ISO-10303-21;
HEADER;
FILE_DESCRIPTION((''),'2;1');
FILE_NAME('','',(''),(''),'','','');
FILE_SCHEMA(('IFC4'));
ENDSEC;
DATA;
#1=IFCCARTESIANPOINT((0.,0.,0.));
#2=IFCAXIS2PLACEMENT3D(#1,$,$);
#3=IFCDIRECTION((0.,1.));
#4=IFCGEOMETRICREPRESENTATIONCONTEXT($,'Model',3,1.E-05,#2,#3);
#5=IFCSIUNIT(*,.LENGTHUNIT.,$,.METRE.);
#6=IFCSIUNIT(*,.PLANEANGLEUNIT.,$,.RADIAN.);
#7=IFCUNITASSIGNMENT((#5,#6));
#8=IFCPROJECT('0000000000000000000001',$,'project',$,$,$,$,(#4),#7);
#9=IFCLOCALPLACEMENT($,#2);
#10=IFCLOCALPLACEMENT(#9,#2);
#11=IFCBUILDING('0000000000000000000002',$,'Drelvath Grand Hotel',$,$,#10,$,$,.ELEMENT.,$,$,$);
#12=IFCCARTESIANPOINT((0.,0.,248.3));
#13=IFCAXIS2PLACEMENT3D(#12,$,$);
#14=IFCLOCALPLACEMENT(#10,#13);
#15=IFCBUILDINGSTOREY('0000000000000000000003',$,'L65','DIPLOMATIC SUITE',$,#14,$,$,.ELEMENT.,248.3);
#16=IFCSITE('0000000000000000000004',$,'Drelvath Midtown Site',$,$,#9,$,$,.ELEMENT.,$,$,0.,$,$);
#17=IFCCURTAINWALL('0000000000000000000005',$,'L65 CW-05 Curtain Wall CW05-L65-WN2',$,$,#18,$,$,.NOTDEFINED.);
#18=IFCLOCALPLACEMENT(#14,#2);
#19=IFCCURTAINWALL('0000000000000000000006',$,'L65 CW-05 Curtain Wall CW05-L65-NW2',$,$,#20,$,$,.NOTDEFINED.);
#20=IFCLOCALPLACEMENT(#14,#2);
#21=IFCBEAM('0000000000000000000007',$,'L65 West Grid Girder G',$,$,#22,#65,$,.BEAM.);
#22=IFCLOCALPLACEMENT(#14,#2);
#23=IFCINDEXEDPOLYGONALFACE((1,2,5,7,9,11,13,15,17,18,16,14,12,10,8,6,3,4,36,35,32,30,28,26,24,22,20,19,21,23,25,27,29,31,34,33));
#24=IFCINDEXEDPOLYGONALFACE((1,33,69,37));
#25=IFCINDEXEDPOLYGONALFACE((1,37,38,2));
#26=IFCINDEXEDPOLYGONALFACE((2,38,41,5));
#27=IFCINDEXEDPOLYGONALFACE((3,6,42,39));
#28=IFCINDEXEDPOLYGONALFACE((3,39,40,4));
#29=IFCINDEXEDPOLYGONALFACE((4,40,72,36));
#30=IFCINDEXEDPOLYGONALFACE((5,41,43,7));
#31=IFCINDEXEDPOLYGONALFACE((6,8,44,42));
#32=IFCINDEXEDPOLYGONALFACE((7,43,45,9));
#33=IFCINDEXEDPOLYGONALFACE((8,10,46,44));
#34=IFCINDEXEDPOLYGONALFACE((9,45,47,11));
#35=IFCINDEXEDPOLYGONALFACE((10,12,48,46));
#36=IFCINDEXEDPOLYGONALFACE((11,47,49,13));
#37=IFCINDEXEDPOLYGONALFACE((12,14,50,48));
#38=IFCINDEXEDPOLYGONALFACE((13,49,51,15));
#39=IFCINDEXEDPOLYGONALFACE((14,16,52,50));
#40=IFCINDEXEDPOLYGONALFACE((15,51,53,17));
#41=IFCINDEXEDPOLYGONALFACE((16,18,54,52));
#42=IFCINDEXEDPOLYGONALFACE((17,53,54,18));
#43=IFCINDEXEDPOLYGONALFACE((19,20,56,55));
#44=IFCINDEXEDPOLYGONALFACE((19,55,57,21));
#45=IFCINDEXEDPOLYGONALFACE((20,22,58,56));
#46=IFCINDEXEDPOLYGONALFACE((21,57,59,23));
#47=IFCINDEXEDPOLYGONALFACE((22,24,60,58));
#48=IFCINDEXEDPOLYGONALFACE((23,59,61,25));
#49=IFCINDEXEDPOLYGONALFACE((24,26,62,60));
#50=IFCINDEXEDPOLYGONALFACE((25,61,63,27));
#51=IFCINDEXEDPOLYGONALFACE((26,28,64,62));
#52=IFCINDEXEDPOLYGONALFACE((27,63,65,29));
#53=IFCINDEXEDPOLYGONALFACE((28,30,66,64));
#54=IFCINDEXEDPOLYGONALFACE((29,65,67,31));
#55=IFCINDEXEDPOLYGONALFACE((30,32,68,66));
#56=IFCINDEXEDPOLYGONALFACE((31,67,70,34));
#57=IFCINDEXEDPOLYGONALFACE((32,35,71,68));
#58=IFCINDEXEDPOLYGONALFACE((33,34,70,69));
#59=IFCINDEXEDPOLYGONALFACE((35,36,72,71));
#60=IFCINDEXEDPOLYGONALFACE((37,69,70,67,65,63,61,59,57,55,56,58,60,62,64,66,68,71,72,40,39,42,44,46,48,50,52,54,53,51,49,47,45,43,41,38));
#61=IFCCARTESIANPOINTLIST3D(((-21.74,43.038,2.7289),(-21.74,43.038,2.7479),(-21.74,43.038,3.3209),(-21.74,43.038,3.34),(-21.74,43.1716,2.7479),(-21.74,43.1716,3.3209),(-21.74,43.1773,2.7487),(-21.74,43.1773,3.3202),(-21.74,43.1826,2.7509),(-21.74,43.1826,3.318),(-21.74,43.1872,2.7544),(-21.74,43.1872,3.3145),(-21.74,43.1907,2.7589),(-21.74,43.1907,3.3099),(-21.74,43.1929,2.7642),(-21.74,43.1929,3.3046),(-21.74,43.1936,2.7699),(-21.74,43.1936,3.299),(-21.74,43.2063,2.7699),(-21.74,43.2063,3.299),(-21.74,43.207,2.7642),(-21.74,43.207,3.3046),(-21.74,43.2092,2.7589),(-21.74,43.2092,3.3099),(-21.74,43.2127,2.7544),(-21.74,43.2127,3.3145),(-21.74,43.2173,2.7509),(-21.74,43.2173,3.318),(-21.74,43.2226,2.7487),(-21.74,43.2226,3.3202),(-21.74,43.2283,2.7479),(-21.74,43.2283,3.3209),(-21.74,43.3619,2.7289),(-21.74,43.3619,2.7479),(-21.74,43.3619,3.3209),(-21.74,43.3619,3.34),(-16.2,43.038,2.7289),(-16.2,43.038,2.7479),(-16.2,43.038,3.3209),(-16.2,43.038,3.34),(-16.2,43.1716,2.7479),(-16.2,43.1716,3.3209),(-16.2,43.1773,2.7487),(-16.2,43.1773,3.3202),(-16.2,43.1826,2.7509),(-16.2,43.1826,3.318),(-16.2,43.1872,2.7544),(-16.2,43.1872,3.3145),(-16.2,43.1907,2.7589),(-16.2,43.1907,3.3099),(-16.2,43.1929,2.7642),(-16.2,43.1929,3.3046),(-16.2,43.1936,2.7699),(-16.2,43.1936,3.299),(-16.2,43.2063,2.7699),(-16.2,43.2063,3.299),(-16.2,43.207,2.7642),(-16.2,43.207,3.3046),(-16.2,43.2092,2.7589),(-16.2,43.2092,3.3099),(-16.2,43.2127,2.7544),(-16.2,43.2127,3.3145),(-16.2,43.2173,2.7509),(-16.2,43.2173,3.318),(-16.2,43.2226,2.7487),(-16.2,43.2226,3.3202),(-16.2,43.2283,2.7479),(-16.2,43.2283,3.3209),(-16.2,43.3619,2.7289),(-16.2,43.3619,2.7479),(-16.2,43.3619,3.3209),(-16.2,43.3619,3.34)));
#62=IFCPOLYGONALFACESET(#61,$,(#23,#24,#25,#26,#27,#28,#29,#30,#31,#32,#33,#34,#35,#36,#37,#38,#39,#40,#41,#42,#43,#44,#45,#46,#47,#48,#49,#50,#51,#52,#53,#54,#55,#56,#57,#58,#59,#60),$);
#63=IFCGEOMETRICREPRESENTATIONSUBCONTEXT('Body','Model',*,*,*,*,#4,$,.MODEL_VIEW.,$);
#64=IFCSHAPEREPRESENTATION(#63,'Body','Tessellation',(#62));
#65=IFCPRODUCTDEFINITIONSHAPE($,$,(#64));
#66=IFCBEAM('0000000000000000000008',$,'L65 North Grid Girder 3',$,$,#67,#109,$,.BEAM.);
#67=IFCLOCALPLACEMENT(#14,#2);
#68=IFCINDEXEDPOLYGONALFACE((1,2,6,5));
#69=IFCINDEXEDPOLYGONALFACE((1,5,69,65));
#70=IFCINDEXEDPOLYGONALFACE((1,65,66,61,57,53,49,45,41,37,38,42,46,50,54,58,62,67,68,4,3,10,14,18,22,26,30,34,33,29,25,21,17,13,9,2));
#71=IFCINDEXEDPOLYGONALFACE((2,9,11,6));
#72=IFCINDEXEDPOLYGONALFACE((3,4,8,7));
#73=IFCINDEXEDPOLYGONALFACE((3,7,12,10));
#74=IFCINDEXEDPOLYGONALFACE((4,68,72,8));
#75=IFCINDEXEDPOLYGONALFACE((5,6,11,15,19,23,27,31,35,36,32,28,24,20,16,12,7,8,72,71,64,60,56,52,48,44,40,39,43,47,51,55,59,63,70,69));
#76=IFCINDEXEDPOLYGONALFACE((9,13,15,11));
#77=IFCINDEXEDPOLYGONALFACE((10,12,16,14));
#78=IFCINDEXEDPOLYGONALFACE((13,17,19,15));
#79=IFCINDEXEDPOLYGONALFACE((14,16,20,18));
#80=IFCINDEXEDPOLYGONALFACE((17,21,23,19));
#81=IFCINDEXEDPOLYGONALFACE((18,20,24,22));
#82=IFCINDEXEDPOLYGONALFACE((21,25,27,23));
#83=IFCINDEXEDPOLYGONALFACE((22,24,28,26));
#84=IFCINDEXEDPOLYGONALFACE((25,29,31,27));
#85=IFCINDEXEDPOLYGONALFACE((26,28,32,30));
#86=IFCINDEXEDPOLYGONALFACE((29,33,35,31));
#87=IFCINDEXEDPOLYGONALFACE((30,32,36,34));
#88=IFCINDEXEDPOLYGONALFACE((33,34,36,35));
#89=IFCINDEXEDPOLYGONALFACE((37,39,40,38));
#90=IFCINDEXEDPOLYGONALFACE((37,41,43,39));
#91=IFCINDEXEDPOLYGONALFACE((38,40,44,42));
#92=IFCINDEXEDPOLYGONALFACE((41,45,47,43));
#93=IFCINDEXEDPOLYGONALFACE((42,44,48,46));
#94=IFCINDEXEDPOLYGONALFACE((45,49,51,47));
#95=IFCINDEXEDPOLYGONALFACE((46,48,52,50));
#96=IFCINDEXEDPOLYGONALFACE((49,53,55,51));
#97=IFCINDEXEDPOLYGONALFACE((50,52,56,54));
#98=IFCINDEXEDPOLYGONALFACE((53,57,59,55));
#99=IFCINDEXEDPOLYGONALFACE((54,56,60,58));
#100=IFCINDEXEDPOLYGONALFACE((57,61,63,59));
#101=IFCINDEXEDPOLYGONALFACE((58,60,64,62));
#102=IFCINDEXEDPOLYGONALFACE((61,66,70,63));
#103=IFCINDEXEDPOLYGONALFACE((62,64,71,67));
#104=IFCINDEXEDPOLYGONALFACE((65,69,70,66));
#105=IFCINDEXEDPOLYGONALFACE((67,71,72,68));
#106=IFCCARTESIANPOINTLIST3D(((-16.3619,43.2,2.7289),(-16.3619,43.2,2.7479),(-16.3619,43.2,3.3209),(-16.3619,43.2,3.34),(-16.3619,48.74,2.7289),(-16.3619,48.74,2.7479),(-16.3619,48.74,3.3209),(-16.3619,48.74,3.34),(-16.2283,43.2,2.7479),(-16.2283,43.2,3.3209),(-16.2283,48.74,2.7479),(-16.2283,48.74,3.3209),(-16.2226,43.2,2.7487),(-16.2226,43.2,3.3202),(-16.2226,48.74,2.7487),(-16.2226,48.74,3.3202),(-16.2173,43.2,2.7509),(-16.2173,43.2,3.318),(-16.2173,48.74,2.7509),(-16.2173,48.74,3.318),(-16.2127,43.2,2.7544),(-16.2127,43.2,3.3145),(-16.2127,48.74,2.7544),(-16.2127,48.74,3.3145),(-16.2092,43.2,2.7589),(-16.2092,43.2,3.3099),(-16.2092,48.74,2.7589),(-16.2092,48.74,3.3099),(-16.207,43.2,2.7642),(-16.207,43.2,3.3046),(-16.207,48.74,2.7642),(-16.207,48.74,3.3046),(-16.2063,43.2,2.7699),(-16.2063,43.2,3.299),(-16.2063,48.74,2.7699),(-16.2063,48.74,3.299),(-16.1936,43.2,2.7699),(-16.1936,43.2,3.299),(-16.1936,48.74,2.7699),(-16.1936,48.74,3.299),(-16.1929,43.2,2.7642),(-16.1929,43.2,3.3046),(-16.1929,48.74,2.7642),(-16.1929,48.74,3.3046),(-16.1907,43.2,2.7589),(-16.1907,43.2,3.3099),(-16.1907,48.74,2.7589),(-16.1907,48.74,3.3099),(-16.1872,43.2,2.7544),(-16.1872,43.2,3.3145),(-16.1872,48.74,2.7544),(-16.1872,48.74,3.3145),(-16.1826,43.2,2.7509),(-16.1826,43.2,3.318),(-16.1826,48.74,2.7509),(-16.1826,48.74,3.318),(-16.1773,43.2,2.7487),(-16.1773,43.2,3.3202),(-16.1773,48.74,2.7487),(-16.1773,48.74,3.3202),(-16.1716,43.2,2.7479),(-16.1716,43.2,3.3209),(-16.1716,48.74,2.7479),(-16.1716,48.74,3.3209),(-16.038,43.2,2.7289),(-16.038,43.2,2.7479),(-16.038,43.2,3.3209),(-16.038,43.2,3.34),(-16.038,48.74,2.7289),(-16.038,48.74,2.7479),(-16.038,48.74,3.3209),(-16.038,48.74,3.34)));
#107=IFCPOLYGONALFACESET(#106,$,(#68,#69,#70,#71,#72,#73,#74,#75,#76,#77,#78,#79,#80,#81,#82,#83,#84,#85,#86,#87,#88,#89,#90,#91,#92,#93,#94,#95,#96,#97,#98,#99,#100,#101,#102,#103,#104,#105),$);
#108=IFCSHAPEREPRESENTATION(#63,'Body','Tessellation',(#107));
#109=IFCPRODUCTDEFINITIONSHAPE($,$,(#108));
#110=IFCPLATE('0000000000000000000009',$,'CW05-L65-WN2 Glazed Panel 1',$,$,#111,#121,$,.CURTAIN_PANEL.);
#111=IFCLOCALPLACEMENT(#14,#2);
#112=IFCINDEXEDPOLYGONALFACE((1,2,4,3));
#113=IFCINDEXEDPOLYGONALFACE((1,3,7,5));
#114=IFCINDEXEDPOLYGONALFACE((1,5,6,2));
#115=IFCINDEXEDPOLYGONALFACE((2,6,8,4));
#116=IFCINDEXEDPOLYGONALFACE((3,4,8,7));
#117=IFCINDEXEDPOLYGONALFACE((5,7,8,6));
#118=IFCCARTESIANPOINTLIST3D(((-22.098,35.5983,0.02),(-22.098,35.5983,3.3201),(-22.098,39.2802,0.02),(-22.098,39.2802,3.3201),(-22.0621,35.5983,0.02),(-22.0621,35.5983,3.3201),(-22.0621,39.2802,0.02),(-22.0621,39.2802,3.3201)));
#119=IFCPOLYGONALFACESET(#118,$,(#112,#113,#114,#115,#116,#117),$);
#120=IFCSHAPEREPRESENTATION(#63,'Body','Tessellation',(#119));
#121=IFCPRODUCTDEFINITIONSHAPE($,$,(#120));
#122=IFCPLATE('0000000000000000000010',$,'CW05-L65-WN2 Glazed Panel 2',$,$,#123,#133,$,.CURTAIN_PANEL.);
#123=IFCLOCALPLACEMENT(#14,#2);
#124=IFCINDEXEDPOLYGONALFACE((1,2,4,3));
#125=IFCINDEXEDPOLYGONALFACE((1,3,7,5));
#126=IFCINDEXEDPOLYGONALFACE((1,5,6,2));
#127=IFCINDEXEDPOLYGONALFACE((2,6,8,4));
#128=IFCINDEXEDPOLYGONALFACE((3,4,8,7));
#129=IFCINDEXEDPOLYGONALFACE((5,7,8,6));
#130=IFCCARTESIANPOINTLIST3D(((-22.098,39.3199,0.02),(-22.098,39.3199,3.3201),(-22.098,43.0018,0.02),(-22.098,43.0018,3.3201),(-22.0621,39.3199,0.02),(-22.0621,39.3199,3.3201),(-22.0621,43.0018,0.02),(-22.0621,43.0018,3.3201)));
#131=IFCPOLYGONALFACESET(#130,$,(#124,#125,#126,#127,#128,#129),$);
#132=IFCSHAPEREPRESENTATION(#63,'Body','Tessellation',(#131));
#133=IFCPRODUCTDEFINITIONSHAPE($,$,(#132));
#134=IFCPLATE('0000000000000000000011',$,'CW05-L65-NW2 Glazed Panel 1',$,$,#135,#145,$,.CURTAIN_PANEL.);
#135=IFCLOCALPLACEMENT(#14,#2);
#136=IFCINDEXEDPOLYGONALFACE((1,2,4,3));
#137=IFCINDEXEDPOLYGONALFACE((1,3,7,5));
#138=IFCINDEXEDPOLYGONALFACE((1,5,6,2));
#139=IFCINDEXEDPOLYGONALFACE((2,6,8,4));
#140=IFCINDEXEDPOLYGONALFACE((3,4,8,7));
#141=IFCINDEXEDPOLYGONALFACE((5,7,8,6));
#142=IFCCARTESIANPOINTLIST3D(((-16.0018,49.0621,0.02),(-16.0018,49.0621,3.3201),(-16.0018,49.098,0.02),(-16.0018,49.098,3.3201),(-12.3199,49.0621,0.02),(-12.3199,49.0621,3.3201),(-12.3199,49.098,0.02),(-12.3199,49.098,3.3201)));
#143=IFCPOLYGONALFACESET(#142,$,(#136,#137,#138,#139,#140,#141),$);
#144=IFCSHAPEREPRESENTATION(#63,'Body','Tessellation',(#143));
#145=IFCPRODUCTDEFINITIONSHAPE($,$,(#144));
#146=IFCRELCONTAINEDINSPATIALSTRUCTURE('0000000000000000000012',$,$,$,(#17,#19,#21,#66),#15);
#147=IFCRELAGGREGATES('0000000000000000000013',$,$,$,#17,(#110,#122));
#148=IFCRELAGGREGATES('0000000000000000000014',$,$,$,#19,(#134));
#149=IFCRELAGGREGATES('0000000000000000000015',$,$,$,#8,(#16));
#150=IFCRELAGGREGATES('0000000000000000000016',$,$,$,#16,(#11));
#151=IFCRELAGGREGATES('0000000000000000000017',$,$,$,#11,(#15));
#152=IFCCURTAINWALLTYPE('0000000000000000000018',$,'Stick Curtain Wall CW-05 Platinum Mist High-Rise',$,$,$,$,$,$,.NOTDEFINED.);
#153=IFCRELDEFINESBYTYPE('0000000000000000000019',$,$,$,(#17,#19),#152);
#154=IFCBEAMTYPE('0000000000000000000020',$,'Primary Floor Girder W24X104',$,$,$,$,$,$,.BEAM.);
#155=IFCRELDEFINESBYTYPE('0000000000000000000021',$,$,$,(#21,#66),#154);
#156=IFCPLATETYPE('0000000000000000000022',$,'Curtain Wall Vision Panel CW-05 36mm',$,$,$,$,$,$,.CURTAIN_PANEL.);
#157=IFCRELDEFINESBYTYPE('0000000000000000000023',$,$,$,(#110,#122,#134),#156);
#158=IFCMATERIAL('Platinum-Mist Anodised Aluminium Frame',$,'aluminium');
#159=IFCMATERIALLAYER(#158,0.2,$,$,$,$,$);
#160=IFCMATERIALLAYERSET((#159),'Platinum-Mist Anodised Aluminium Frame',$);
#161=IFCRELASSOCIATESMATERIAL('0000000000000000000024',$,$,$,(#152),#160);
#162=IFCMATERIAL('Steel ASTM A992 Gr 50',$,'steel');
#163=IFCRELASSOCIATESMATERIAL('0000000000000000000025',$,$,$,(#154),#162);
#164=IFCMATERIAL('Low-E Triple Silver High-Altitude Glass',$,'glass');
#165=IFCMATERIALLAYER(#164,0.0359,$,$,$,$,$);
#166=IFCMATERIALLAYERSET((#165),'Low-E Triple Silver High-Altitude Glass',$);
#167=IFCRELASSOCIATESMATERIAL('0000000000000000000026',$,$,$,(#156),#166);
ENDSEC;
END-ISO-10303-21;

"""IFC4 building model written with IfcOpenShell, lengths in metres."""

from ifc_helpers import new_model, si_unit, direction, frame, origin, origin_2d, place, context, subcontext, project, spatial, rectangle, i_section, extrude, material, layer, layer_set, material_profile, profile_set, type_object, element, aggregate, save


model = new_model("IFC4")

# Units and contexts
model_context = context("Model", 3, precision=1e-05, world=origin(), true_north=direction((0.0, 1.0)))
body_context = subcontext(model_context, "Body", "Model", "MODEL_VIEW")
ifc_project = project(units=[si_unit("LENGTHUNIT", "METRE"), si_unit("PLANEANGLEUNIT", "RADIAN")], contexts=[model_context])

# Site, building, storey
site_placement = place(None, origin())
site = spatial("IfcSite", under=ifc_project, at=site_placement, Name="Drelvath Midtown Site", CompositionType="ELEMENT", RefElevation=0.0)
building_placement = place(site_placement, origin())
building = spatial("IfcBuilding", under=site, at=building_placement, Name="Drelvath Grand Hotel", CompositionType="ELEMENT")
storey_placement = place(building_placement, frame((0.0, 0.0, 248.3)))
storey = spatial("IfcBuildingStorey", under=building, at=storey_placement, Name="L65", Description="DIPLOMATIC SUITE", CompositionType="ELEMENT", Elevation=248.3)

# Shared definitions
ifc_material_1 = material(Name="Steel ASTM A992 Gr 50", Category="steel")

# Curtain walls
ifc_material_2 = material(Name="Platinum-Mist Anodised Aluminium Frame", Category="aluminium")
ifc_layer_1 = layer(ifc_material_2, 0.2)
ifc_layer_set_1 = layer_set([ifc_layer_1], Name="Platinum-Mist Anodised Aluminium Frame")
curtain_wall_type = type_object("IfcCurtainWallType", Name="Stick Curtain Wall CW-05 Platinum Mist High-Rise", PredefinedType="NOTDEFINED", material=ifc_layer_set_1)
curtain_wall_1_placement = place(storey_placement, origin())
curtain_wall_1 = element("IfcCurtainWall", 1, at=curtain_wall_1_placement, inside=storey, type_object=curtain_wall_type, Name="L65 CW-05 Curtain Wall CW05-L65-WN2", PredefinedType="NOTDEFINED")
curtain_wall_2_placement = place(storey_placement, origin())
curtain_wall_2 = element("IfcCurtainWall", 2, at=curtain_wall_2_placement, inside=storey, type_object=curtain_wall_type, Name="L65 CW-05 Curtain Wall CW05-L65-NW2", PredefinedType="NOTDEFINED")

# Beams
ifc_material_profile_1 = material_profile(ifc_material_1, i_section(OverallWidth=0.324, OverallDepth=0.6111, WebThickness=0.0127, FlangeThickness=0.019, FilletRadius=0.022, at=origin_2d()), Name="W24X104")
ifc_profile_set_1 = profile_set([ifc_material_profile_1], Name="Steel ASTM A992 Gr 50")
beam_type_1 = type_object("IfcBeamType", Name="Primary Floor Girder W24X104", PredefinedType="BEAM", material=ifc_profile_set_1)
for number, where, z_axis, x_axis, name in (
    (3, (-21.74, 43.2, 3.0344), (1.0, 0.0, 0.0), (0.0, 1.0, 0.0), "L65 West Grid Girder G"),
    (4, (-16.2, 43.2, 3.0344), (0.0, 1.0, 0.0), (-1.0, 0.0, 0.0), "L65 North Grid Girder 3"),
):
    element("IfcBeam", number, at=place(storey_placement, frame(where, z_axis=z_axis, x_axis=x_axis)), inside=storey, type_object=beam_type_1, Name=name, PredefinedType="BEAM", context=body_context, shape_type="SweptSolid", body=[
        extrude(i_section(OverallWidth=0.324, OverallDepth=0.6111, WebThickness=0.0127, FlangeThickness=0.019, FilletRadius=0.022, at=origin_2d()), origin(), (0.0, 0.0, 1.0), 5.54),
    ])

# Plates
ifc_material_3 = material(Name="Low-E Triple Silver High-Altitude Glass", Category="glass")
ifc_layer_2 = layer(ifc_material_3, 0.0359)
ifc_layer_set_2 = layer_set([ifc_layer_2], Name="Low-E Triple Silver High-Altitude Glass")
plate_type = type_object("IfcPlateType", Name="Curtain Wall Vision Panel CW-05 36mm", PredefinedType="CURTAIN_PANEL", material=ifc_layer_set_2)
plate_1_placement = place(storey_placement, frame((-22.0801, 37.4392, 0.02), z_axis=(0.0, 0.0, 1.0), x_axis=(0.0, 1.0, 0.0)))
plate_1 = element("IfcPlate", 5, at=plate_1_placement, type_object=plate_type, Name="CW05-L65-WN2 Glazed Panel 1", PredefinedType="CURTAIN_PANEL", context=body_context, shape_type="SweptSolid", body=[
    extrude(rectangle(XDim=3.6819, YDim=0.0359, at=origin_2d()), origin(), (0.0, 0.0, 1.0), 3.3),
])
plate_2_placement = place(storey_placement, frame((-22.0801, 41.1609, 0.02), z_axis=(0.0, 0.0, 1.0), x_axis=(0.0, 1.0, 0.0)))
plate_2 = element("IfcPlate", 6, at=plate_2_placement, type_object=plate_type, Name="CW05-L65-WN2 Glazed Panel 2", PredefinedType="CURTAIN_PANEL", context=body_context, shape_type="SweptSolid", body=[
    extrude(rectangle(XDim=3.6819, YDim=0.0359, at=origin_2d()), origin(), (0.0, 0.0, 1.0), 3.3),
])
aggregate(curtain_wall_1, [plate_1, plate_2])
plate_3_placement = place(storey_placement, frame((-14.1609, 49.0801, 0.02), z_axis=(0.0, 0.0, 1.0), x_axis=(1.0, 0.0, 0.0)))
plate_3 = element("IfcPlate", 7, at=plate_3_placement, type_object=plate_type, Name="CW05-L65-NW2 Glazed Panel 1", PredefinedType="CURTAIN_PANEL", context=body_context, shape_type="SweptSolid", body=[
    extrude(rectangle(XDim=3.6819, YDim=0.0359, at=origin_2d()), origin(), (0.0, 0.0, 1.0), 3.3),
])
aggregate(curtain_wall_2, [plate_3])

save(model, "model.ifc")
